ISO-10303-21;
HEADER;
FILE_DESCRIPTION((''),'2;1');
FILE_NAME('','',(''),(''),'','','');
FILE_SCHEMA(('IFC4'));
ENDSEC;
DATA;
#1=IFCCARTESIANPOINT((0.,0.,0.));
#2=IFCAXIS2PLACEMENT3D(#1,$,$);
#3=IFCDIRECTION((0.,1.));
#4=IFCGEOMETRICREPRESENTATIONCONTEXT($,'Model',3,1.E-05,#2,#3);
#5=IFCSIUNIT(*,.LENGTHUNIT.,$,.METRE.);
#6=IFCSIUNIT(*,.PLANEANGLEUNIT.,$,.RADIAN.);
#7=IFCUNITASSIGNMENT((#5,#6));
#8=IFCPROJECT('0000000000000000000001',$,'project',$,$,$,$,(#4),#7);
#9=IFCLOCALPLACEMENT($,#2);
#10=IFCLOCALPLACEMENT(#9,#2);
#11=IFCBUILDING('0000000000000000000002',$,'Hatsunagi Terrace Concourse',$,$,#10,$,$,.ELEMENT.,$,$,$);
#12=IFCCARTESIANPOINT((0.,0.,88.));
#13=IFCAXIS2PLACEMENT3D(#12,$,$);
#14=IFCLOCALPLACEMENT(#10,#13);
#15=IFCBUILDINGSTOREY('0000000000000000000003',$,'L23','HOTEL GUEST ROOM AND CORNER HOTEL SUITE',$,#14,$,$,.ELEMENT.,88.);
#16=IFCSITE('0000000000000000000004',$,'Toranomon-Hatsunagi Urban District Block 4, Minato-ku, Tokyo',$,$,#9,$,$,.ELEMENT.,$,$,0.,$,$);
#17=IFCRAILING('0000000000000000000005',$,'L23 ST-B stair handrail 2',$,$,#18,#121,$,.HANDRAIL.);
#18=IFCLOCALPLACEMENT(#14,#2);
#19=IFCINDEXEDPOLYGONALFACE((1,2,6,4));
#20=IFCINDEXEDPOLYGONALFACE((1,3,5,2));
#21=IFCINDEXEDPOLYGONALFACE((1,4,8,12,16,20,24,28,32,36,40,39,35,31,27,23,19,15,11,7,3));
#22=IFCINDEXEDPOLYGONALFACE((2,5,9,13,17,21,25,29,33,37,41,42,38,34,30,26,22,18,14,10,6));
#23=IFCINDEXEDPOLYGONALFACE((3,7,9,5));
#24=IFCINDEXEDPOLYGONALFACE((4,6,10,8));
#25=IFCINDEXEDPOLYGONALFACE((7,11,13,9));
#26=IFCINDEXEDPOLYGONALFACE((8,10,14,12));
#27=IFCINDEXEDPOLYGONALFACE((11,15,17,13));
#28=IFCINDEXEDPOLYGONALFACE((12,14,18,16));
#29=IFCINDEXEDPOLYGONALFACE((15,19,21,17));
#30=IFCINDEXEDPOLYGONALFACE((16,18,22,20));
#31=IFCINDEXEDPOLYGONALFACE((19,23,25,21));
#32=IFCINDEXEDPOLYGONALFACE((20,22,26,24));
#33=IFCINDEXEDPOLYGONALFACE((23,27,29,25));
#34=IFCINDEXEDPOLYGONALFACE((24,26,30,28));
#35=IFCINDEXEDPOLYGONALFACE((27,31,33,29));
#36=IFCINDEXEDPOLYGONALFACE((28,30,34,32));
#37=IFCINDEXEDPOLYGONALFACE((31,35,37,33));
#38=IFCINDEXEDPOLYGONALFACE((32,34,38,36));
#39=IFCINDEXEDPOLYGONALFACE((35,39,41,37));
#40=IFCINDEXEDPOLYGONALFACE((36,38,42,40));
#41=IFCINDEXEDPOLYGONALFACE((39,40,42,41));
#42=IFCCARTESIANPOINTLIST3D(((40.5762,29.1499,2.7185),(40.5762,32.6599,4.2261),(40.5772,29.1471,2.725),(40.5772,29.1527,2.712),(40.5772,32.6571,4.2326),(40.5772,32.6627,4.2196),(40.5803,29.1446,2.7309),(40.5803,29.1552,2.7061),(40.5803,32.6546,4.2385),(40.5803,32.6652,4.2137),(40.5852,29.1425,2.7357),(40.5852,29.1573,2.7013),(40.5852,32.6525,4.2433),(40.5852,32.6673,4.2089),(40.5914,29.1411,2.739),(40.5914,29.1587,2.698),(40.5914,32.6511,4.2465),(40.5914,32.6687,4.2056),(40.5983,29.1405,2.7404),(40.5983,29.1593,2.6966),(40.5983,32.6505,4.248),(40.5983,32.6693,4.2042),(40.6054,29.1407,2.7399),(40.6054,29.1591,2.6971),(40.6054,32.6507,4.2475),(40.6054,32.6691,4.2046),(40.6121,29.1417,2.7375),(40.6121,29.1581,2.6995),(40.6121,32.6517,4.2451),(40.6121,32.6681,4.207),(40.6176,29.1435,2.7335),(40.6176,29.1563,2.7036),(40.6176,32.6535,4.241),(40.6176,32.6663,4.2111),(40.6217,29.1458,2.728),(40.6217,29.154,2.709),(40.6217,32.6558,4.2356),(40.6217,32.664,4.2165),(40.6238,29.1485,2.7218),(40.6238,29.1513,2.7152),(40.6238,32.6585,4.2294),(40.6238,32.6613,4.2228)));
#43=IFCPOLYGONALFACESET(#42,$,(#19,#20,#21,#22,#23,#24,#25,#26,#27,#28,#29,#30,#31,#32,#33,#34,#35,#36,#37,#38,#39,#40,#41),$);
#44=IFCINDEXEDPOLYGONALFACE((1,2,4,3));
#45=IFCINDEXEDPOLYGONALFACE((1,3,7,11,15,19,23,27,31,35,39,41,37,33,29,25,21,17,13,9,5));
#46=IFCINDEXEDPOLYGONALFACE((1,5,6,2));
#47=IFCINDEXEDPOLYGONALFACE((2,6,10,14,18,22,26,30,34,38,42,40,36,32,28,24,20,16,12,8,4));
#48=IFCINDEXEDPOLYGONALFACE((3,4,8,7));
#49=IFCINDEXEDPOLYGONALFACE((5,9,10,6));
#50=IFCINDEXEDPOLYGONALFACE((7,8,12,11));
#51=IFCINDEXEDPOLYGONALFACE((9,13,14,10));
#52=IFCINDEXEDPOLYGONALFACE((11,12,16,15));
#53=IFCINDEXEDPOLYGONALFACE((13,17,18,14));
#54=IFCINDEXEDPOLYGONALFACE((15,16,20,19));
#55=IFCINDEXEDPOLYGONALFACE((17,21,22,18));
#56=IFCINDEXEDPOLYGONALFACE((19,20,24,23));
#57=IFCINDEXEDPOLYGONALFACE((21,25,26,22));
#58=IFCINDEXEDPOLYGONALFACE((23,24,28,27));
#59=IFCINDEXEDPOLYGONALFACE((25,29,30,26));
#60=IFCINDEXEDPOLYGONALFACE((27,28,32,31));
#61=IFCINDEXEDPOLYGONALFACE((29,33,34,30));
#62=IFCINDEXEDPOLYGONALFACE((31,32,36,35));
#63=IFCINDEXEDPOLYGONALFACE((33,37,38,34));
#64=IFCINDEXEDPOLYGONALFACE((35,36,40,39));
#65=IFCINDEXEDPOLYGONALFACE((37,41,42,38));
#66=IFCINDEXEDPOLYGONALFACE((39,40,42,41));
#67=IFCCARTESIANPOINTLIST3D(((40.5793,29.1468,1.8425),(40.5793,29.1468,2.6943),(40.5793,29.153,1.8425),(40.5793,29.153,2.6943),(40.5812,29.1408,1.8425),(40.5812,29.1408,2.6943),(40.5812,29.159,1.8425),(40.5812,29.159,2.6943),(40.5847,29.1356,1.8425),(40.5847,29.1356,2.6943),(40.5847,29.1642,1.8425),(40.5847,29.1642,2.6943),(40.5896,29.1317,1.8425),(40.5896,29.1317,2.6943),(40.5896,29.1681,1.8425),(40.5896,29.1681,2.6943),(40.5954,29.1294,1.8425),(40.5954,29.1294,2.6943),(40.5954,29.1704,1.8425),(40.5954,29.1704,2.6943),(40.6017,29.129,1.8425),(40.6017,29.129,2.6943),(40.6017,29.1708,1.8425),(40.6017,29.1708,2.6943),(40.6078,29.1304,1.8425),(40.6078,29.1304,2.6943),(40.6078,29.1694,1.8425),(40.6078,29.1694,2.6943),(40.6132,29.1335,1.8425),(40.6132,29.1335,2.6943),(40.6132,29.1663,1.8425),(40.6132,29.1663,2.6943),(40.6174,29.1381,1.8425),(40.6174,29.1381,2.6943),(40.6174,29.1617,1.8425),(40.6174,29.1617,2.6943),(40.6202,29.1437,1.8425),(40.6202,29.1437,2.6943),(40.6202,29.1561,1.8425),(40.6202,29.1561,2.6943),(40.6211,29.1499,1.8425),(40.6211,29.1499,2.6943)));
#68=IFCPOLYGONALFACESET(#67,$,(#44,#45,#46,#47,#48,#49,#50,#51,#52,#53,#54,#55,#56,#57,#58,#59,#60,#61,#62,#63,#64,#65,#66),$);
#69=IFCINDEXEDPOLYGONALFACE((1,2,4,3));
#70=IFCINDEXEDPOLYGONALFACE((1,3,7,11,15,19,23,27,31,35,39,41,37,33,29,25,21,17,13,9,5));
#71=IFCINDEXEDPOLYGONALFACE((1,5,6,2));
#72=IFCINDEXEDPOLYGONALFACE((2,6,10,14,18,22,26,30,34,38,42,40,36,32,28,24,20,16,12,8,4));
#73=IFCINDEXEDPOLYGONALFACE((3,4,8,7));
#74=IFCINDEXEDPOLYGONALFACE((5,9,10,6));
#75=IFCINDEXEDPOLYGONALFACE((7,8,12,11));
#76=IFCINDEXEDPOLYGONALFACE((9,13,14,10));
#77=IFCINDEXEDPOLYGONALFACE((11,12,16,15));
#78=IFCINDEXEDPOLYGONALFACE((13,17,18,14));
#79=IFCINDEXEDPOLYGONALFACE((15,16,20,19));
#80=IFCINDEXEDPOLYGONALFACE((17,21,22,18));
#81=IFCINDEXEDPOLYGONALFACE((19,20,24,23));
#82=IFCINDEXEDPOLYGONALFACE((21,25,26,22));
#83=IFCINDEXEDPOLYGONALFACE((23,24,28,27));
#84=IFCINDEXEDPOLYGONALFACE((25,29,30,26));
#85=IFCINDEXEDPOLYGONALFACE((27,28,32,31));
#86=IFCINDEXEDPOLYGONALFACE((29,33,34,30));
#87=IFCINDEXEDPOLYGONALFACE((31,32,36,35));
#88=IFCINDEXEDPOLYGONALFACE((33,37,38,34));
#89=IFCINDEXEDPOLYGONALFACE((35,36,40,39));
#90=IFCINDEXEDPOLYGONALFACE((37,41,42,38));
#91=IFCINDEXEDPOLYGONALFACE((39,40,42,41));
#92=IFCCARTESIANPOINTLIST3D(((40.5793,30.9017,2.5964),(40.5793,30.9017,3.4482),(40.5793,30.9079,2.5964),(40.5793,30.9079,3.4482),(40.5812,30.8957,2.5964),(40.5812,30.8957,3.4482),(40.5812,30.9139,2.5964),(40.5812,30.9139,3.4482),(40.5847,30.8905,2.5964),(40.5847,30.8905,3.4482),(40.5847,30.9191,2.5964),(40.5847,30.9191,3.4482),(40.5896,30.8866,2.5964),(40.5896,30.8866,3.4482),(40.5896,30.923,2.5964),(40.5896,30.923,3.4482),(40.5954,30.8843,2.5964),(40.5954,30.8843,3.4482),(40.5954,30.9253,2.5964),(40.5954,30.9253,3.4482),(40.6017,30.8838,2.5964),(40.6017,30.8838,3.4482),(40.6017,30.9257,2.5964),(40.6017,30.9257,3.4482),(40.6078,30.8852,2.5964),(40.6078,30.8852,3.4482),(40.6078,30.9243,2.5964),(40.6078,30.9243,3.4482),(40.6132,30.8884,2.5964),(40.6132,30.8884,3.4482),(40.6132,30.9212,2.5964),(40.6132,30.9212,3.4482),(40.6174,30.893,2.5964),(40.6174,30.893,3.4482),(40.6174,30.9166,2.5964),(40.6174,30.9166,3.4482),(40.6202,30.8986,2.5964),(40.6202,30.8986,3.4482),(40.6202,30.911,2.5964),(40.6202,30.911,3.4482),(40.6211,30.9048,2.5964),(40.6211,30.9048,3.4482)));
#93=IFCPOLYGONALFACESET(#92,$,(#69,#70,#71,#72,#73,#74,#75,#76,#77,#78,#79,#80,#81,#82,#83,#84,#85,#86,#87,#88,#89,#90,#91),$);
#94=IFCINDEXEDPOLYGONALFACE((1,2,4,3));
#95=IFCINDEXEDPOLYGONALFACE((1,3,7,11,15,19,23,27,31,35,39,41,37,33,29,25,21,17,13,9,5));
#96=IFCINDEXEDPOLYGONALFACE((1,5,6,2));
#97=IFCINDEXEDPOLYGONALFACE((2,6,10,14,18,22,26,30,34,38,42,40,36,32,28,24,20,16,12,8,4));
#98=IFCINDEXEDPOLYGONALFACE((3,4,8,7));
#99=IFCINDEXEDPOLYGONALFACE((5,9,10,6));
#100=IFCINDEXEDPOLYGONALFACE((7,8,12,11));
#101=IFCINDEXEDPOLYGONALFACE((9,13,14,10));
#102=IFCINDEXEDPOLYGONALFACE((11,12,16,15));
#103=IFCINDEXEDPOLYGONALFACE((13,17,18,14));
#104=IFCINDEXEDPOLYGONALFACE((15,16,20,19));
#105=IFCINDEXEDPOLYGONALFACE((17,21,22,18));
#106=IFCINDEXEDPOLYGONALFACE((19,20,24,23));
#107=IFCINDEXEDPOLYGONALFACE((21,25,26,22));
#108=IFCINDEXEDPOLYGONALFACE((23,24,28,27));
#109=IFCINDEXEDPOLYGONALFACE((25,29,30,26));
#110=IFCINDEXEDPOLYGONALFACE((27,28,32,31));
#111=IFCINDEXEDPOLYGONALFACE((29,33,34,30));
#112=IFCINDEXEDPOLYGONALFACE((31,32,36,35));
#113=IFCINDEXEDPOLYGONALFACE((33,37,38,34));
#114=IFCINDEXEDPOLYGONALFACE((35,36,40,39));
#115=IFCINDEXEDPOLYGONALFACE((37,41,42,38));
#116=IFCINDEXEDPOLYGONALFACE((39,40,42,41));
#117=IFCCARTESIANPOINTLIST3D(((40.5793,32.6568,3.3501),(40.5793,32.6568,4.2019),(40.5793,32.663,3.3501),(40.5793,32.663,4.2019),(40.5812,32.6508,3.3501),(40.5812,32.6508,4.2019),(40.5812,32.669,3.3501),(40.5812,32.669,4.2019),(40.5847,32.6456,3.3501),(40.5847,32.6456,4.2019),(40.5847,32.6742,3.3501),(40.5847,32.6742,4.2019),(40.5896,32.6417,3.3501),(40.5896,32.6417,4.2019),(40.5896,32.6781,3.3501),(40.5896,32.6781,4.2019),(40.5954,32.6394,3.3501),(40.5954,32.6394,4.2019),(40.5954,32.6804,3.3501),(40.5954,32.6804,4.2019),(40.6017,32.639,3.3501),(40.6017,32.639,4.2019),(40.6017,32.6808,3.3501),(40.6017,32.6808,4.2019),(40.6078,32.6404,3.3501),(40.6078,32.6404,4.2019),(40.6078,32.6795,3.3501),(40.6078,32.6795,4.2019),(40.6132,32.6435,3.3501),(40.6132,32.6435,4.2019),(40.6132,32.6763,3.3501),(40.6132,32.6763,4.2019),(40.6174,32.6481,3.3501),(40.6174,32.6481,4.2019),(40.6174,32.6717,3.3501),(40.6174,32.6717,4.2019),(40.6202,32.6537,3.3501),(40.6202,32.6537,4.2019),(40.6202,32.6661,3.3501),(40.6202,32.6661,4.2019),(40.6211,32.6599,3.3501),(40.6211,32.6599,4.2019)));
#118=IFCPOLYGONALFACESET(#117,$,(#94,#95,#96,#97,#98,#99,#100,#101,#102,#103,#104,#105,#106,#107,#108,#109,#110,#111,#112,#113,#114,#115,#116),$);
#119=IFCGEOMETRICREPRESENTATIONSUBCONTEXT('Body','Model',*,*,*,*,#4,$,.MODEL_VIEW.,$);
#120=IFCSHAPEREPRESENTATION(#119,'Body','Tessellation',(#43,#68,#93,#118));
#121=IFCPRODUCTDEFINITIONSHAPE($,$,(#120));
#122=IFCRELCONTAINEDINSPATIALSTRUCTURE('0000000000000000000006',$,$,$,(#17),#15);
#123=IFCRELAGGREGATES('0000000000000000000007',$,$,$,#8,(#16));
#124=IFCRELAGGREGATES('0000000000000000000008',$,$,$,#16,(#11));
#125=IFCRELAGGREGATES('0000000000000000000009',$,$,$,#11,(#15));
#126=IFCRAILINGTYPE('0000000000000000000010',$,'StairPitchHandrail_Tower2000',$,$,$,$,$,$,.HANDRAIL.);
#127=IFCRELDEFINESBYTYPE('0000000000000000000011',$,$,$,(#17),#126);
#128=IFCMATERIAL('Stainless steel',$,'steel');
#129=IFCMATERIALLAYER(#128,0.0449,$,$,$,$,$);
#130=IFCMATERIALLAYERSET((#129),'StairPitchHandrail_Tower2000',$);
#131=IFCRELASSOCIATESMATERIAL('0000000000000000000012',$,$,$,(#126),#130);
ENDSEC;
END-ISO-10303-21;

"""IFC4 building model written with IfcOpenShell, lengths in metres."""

from ifc_helpers import new_model, si_unit, direction, frame, origin, origin_2d, place, context, subcontext, project, spatial, circle, extrude, material, layer, layer_set, type_object, element, save


model = new_model("IFC4")

# Units and contexts
model_context = context("Model", 3, precision=1e-05, world=origin(), true_north=direction((0.0, 1.0)))
body_context = subcontext(model_context, "Body", "Model", "MODEL_VIEW")
ifc_project = project(units=[si_unit("LENGTHUNIT", "METRE"), si_unit("PLANEANGLEUNIT", "RADIAN")], contexts=[model_context])

# Site, building, storey
site_placement = place(None, origin())
site = spatial("IfcSite", under=ifc_project, at=site_placement, Name="Toranomon-Hatsunagi Urban District Block 4, Minato-ku, Tokyo", CompositionType="ELEMENT", RefElevation=0.0)
building_placement = place(site_placement, origin())
building = spatial("IfcBuilding", under=site, at=building_placement, Name="Hatsunagi Terrace Concourse", CompositionType="ELEMENT")
storey_placement = place(building_placement, frame((0.0, 0.0, 88.0)))
storey = spatial("IfcBuildingStorey", under=building, at=storey_placement, Name="L23", Description="HOTEL GUEST ROOM AND CORNER HOTEL SUITE", CompositionType="ELEMENT", Elevation=88.0)

# Railing
ifc_material_1 = material(Name="Stainless steel", Category="steel")
ifc_layer_1 = layer(ifc_material_1, 0.0449)
ifc_layer_set_1 = layer_set([ifc_layer_1], Name="StairPitchHandrail_Tower2000")
railing_type_1 = type_object("IfcRailingType", Name="StairPitchHandrail_Tower2000", PredefinedType="HANDRAIL", material=ifc_layer_set_1)
railing_1_placement = place(storey_placement, frame((40.6001, 29.1499, 1.8425)))
element("IfcRailing", 1, at=railing_1_placement, inside=storey, type_object=railing_type_1, Name="L23 ST-B stair handrail 2", PredefinedType="HANDRAIL", context=body_context, shape_type="SweptSolid", body=[
    extrude(circle(Radius=0.0239, at=origin_2d()), frame((0.0, 0.0, 0.876), z_axis=(0.0, 0.918834, 0.394644), x_axis=(-1.0, 0.0, 0.0)), (0.0, 0.0, 1.0), 3.8201),
    extrude(circle(Radius=0.021, at=origin_2d()), origin(), (0.0, 0.0, 1.0), 0.8518),
    extrude(circle(Radius=0.021, at=origin_2d()), frame((0.0, 1.7549, 0.7539)), (0.0, 0.0, 1.0), 0.8518),
    extrude(circle(Radius=0.021, at=origin_2d()), frame((0.0, 3.51, 1.5076)), (0.0, 0.0, 1.0), 0.8518),
])

save(model, "model.ifc")
